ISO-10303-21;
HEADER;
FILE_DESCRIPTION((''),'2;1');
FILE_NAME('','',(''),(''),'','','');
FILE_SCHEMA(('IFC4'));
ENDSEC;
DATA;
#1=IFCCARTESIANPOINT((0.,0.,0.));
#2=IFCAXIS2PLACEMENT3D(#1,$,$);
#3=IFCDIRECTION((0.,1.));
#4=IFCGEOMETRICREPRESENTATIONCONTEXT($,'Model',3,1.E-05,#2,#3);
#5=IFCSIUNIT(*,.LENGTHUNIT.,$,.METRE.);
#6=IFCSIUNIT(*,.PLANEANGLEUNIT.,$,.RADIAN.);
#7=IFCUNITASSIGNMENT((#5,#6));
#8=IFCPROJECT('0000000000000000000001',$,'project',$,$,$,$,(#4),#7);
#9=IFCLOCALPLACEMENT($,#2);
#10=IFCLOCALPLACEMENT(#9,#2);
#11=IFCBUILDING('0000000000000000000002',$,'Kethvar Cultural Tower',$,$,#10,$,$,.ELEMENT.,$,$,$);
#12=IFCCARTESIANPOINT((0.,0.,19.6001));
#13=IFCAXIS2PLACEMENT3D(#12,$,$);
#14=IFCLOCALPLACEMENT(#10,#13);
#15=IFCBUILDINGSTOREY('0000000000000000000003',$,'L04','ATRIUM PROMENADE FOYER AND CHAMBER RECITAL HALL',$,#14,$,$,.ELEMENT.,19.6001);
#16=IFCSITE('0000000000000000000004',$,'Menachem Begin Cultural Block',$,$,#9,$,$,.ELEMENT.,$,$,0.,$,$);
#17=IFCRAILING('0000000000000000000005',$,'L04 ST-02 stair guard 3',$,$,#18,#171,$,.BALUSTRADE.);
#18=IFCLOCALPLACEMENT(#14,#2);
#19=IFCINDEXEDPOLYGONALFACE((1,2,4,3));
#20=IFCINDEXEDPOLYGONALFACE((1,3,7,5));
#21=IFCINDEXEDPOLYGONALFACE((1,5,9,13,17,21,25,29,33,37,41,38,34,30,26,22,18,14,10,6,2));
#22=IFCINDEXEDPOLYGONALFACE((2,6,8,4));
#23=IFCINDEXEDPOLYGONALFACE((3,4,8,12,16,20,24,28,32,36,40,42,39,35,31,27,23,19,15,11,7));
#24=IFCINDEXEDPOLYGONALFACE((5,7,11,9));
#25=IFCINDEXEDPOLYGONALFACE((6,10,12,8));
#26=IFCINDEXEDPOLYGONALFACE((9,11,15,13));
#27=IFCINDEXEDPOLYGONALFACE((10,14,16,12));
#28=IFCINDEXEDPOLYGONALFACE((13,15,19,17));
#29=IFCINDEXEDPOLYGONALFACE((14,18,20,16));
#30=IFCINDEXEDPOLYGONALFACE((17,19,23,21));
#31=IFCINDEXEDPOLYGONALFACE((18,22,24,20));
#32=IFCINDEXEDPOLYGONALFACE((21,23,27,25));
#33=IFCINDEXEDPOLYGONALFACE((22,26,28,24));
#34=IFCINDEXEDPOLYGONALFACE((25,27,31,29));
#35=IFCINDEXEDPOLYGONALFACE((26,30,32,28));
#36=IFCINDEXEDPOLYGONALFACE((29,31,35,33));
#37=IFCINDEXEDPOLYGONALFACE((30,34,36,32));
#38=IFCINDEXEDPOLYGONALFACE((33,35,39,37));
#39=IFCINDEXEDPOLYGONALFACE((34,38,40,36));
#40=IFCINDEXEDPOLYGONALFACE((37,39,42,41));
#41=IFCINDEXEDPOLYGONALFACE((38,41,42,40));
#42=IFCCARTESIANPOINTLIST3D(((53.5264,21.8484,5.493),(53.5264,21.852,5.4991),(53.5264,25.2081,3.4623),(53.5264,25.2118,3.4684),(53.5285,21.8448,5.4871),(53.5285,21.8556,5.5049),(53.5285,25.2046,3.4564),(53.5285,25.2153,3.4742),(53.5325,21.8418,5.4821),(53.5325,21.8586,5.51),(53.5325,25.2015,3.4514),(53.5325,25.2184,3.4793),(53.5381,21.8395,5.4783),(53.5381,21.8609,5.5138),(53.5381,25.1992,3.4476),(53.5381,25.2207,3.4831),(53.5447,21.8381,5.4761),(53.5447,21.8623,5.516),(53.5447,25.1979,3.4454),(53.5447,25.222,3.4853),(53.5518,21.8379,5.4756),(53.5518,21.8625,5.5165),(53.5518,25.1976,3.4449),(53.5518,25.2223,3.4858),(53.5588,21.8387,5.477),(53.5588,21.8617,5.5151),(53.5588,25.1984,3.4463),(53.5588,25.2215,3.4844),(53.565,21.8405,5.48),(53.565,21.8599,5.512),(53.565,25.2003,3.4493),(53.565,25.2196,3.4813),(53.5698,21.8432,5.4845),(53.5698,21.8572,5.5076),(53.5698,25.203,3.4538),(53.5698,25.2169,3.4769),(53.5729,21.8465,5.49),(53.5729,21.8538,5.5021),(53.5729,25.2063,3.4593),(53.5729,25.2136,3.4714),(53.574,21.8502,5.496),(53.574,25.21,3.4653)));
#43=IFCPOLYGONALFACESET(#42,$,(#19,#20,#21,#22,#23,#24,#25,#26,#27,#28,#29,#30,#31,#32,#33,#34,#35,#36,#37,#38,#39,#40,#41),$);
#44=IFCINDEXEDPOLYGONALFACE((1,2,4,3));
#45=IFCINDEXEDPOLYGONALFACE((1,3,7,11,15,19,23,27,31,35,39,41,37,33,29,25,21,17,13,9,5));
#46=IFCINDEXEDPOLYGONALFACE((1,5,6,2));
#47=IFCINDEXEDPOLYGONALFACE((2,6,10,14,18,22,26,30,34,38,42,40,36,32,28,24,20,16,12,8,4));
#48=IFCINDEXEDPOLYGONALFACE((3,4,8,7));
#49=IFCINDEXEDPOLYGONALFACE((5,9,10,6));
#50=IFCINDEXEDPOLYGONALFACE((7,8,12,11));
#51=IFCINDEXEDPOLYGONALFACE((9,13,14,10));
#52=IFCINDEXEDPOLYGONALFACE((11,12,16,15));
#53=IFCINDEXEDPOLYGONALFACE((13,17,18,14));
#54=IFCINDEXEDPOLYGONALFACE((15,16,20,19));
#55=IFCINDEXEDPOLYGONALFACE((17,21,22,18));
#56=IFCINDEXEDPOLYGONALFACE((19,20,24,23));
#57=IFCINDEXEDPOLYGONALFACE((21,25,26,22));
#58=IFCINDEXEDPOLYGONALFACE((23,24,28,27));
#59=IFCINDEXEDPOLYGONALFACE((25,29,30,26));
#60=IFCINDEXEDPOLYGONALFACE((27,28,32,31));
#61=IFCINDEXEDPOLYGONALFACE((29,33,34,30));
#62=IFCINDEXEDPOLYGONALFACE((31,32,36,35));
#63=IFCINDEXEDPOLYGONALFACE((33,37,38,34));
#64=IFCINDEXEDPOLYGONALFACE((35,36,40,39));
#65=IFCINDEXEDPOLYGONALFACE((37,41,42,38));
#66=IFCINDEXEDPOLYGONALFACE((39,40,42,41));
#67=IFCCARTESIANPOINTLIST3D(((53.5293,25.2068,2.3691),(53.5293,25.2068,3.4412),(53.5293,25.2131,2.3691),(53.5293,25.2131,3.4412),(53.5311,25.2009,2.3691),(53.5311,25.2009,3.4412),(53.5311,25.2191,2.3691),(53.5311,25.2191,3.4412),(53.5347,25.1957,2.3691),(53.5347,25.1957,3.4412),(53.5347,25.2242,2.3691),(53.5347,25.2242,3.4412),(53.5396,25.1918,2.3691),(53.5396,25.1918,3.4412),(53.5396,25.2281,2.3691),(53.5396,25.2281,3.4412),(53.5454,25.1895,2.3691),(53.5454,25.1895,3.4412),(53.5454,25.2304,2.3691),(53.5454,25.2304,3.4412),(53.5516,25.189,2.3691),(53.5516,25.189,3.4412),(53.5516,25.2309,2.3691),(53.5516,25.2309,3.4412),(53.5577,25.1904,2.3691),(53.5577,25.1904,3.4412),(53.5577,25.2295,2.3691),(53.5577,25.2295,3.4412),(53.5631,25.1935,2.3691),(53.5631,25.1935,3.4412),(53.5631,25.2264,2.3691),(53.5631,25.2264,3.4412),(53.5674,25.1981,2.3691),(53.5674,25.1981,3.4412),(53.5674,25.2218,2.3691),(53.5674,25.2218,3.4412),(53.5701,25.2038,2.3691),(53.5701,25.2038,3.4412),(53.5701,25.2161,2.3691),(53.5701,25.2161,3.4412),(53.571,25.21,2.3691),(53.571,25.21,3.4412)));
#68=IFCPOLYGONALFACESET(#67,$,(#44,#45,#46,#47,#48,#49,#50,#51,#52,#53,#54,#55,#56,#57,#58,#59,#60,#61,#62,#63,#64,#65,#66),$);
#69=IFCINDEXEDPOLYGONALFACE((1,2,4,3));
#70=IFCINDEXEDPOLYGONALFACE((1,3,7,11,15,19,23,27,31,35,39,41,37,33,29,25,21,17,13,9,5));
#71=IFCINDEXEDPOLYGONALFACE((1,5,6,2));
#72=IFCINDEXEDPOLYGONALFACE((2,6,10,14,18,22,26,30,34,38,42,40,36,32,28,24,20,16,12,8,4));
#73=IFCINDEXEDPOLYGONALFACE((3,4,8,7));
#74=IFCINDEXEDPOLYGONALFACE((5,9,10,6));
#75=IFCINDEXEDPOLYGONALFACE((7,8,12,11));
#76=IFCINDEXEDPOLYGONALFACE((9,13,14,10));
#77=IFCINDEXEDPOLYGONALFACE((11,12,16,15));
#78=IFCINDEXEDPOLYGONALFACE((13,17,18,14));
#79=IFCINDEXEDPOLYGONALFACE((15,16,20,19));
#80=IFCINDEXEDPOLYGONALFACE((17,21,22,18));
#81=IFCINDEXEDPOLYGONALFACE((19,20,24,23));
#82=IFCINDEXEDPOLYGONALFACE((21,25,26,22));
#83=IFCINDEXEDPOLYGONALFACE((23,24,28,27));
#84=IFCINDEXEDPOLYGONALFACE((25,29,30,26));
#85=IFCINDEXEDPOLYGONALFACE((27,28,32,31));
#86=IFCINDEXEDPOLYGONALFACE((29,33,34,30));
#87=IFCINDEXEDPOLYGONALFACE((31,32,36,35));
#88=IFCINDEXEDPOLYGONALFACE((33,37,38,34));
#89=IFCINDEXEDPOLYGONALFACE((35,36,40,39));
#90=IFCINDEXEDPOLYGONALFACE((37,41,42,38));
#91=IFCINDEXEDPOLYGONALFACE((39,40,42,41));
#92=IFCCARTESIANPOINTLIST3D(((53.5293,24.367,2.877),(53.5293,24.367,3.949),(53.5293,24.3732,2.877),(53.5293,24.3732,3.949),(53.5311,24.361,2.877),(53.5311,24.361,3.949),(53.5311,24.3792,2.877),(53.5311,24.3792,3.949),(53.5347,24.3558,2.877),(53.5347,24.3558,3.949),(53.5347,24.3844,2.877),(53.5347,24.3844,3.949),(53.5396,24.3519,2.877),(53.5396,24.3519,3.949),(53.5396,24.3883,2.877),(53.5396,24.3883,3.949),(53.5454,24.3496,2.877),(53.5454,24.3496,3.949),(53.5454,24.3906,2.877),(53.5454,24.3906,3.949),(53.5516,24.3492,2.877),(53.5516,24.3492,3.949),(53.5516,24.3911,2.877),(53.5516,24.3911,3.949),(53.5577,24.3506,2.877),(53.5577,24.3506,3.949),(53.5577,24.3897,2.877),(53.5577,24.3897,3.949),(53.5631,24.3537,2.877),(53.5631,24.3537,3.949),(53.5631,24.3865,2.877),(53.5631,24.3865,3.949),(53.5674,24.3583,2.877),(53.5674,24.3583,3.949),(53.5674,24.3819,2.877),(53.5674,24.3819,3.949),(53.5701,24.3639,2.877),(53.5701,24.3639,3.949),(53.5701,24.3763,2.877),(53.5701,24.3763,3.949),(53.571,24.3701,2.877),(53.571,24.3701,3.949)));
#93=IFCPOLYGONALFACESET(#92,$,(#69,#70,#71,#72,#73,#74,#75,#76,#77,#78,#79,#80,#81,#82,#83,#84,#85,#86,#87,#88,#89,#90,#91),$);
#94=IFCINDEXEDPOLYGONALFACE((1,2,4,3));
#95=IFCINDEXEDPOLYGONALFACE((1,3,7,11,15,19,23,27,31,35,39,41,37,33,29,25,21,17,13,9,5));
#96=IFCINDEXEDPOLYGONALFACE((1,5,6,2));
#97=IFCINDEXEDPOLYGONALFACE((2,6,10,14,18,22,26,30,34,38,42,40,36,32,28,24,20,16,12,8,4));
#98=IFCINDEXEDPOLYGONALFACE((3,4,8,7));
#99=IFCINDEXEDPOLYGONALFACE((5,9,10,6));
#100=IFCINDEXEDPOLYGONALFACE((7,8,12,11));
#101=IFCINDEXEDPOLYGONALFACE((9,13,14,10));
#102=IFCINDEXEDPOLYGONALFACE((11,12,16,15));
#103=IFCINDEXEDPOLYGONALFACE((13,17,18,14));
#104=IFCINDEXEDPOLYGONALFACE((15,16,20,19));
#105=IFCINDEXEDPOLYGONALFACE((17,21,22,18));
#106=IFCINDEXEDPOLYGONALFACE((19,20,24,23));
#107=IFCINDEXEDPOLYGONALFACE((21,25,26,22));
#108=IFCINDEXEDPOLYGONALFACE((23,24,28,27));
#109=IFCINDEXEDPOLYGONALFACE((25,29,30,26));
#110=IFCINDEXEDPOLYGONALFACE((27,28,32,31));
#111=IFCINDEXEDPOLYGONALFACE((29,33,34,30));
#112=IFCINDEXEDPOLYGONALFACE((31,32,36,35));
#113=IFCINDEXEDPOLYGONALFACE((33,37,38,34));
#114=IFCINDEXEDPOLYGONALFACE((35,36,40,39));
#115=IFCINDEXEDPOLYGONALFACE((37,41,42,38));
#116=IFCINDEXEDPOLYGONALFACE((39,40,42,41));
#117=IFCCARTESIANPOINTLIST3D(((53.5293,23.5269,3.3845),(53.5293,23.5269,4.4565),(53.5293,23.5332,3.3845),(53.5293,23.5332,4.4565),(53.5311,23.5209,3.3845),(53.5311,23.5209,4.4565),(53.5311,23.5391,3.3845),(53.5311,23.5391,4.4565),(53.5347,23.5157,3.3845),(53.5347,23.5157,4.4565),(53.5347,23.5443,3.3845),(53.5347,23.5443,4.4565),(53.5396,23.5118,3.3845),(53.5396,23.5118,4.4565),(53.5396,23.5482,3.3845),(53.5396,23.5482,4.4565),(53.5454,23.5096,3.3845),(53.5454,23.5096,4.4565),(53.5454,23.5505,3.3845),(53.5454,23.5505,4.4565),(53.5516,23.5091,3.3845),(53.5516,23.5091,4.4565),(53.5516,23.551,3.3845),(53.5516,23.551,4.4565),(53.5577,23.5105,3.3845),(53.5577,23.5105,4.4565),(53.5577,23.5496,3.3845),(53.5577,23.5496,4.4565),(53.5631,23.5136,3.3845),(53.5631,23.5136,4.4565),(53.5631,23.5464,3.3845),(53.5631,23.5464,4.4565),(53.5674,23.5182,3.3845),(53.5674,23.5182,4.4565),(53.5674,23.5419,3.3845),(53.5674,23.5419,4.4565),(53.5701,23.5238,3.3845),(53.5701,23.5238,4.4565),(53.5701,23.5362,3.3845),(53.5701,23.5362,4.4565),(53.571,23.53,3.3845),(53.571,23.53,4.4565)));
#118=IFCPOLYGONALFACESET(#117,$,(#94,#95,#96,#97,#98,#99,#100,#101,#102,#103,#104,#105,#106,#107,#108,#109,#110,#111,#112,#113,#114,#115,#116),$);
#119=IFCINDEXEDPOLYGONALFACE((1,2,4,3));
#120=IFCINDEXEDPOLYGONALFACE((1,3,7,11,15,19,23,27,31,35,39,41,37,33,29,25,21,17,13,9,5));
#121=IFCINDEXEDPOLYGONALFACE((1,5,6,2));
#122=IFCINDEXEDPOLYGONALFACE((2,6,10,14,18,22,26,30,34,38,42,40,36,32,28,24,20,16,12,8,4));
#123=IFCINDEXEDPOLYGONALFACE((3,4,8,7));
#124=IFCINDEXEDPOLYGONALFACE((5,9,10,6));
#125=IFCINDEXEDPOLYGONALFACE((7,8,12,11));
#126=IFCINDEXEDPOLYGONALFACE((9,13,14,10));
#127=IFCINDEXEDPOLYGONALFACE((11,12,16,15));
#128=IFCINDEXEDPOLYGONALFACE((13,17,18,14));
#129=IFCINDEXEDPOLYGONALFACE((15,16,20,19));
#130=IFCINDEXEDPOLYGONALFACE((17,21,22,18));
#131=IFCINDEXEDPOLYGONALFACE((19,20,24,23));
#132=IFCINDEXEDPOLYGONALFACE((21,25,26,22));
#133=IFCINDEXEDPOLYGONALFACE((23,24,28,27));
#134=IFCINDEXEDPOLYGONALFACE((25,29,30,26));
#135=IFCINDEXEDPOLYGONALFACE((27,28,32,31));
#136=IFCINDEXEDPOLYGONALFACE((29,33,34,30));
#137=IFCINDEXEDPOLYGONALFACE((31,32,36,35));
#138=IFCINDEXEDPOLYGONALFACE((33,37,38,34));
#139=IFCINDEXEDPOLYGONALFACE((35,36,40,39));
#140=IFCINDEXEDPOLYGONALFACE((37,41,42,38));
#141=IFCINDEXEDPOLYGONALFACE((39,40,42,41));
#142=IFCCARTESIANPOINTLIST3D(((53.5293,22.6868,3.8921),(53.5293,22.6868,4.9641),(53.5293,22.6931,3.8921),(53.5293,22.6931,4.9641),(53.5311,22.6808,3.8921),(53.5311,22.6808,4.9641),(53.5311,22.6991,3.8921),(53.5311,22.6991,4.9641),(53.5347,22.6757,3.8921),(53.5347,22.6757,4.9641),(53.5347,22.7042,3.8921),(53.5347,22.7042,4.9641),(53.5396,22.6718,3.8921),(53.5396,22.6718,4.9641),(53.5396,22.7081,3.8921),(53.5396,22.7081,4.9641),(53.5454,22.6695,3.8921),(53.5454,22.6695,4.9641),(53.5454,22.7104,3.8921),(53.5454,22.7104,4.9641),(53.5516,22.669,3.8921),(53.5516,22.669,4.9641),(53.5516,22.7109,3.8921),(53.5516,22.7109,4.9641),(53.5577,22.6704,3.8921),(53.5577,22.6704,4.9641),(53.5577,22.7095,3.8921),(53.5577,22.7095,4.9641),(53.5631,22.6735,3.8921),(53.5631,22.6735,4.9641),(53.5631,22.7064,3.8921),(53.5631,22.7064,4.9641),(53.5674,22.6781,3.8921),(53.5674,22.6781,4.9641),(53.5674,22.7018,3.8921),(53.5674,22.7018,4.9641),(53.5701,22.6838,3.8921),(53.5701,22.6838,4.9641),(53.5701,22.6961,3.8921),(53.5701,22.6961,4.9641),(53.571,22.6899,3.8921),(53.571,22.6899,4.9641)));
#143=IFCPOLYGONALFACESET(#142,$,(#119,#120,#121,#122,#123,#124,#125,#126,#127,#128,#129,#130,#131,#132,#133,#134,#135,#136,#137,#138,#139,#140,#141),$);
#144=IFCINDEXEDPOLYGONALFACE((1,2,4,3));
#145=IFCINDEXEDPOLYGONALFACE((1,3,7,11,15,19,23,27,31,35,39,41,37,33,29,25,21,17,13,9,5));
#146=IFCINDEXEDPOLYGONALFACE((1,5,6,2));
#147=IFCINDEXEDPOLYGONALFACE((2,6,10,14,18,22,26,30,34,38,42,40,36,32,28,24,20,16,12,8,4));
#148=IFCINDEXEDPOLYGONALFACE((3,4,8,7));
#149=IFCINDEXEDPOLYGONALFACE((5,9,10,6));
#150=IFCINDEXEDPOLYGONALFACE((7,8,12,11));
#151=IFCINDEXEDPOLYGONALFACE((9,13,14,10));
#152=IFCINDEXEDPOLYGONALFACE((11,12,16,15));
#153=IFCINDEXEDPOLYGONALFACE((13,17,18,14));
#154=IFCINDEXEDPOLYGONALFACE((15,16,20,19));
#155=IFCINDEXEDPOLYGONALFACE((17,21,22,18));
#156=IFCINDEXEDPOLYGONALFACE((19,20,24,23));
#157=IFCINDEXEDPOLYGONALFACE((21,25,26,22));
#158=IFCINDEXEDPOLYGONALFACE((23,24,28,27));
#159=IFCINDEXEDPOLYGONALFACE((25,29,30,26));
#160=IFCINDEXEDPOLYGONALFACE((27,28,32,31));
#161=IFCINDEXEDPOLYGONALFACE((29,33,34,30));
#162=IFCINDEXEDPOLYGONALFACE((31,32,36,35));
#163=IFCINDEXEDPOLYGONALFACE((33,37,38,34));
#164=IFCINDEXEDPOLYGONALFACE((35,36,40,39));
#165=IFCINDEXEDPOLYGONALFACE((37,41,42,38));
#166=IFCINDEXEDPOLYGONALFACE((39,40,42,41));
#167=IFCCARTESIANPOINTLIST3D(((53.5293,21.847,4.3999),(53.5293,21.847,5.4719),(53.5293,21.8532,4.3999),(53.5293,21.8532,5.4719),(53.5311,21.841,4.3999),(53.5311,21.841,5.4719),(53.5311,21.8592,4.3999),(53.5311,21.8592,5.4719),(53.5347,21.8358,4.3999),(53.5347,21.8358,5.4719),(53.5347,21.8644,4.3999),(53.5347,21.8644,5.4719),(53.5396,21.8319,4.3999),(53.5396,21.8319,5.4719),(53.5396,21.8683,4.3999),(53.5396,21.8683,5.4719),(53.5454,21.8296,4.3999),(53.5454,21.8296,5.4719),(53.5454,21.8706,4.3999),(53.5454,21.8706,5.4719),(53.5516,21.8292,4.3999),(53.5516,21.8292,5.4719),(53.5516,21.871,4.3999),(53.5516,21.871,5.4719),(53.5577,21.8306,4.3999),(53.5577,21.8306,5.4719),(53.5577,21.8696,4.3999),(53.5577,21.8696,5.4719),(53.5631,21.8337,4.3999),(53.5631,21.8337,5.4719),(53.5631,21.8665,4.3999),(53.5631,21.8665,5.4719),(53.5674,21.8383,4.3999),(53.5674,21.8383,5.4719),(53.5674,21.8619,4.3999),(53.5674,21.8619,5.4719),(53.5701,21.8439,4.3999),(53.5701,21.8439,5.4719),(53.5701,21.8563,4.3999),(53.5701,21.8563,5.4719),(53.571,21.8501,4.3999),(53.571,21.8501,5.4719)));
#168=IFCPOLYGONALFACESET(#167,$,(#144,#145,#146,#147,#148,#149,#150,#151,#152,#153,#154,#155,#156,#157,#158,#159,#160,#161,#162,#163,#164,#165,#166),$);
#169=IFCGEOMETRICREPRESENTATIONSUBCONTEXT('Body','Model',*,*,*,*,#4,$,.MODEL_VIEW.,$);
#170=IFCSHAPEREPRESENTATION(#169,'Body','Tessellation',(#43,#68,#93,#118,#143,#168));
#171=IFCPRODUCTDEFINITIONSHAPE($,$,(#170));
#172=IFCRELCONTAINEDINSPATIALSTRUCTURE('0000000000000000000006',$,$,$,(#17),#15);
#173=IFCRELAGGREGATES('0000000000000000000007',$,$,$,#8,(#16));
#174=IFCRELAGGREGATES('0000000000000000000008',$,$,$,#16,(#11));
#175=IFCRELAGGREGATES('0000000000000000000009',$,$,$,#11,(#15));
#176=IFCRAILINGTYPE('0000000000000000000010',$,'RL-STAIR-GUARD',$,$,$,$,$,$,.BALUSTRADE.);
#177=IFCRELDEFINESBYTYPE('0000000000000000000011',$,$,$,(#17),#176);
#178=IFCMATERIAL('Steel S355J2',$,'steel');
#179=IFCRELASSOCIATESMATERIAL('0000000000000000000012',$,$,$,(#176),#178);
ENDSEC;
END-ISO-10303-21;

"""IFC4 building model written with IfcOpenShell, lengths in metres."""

from ifc_helpers import new_model, si_unit, direction, frame, origin, origin_2d, place, context, subcontext, project, spatial, circle, extrude, material, type_object, element, save


model = new_model("IFC4")

# Units and contexts
model_context = context("Model", 3, precision=1e-05, world=origin(), true_north=direction((0.0, 1.0)))
body_context = subcontext(model_context, "Body", "Model", "MODEL_VIEW")
ifc_project = project(units=[si_unit("LENGTHUNIT", "METRE"), si_unit("PLANEANGLEUNIT", "RADIAN")], contexts=[model_context])

# Site, building, storey
site_placement = place(None, origin())
site = spatial("IfcSite", under=ifc_project, at=site_placement, Name="Menachem Begin Cultural Block", CompositionType="ELEMENT", RefElevation=0.0)
building_placement = place(site_placement, origin())
building = spatial("IfcBuilding", under=site, at=building_placement, Name="Kethvar Cultural Tower", CompositionType="ELEMENT")
storey_placement = place(building_placement, frame((0.0, 0.0, 19.6001)))
storey = spatial("IfcBuildingStorey", under=building, at=storey_placement, Name="L04", Description="ATRIUM PROMENADE FOYER AND CHAMBER RECITAL HALL", CompositionType="ELEMENT", Elevation=19.6001)

# Shared definitions
ifc_material_1 = material(Name="Steel S355J2", Category="steel")

# Railing
railing_type_1 = type_object("IfcRailingType", Name="RL-STAIR-GUARD", PredefinedType="BALUSTRADE", material=ifc_material_1)
railing_1_placement = place(storey_placement, frame((53.55, 25.21, 2.3691)))
element("IfcRailing", 1, at=railing_1_placement, inside=storey, type_object=railing_type_1, Name="L04 ST-02 stair guard 3", PredefinedType="BALUSTRADE", context=body_context, shape_type="SweptSolid", body=[
    extrude(circle(Radius=0.0239, at=origin_2d()), frame((0.0, 0.0, 1.0962), z_axis=(0.0, -0.85582, 0.517273), x_axis=(1.0, 0.0, 0.0)), (0.0, 0.0, 1.0), 3.9258),
    extrude(circle(Radius=0.021, at=origin_2d()), origin(), (0.0, 0.0, 1.0), 1.072),
    extrude(circle(Radius=0.021, at=origin_2d()), frame((0.0, -0.8398, 0.5078)), (0.0, 0.0, 1.0), 1.072),
    extrude(circle(Radius=0.021, at=origin_2d()), frame((0.0, -1.6799, 1.0154)), (0.0, 0.0, 1.0), 1.072),
    extrude(circle(Radius=0.021, at=origin_2d()), frame((0.0, -2.52, 1.5229)), (0.0, 0.0, 1.0), 1.072),
    extrude(circle(Radius=0.021, at=origin_2d()), frame((0.0, -3.3599, 2.0308)), (0.0, 0.0, 1.0), 1.072),
])

save(model, "model.ifc")
